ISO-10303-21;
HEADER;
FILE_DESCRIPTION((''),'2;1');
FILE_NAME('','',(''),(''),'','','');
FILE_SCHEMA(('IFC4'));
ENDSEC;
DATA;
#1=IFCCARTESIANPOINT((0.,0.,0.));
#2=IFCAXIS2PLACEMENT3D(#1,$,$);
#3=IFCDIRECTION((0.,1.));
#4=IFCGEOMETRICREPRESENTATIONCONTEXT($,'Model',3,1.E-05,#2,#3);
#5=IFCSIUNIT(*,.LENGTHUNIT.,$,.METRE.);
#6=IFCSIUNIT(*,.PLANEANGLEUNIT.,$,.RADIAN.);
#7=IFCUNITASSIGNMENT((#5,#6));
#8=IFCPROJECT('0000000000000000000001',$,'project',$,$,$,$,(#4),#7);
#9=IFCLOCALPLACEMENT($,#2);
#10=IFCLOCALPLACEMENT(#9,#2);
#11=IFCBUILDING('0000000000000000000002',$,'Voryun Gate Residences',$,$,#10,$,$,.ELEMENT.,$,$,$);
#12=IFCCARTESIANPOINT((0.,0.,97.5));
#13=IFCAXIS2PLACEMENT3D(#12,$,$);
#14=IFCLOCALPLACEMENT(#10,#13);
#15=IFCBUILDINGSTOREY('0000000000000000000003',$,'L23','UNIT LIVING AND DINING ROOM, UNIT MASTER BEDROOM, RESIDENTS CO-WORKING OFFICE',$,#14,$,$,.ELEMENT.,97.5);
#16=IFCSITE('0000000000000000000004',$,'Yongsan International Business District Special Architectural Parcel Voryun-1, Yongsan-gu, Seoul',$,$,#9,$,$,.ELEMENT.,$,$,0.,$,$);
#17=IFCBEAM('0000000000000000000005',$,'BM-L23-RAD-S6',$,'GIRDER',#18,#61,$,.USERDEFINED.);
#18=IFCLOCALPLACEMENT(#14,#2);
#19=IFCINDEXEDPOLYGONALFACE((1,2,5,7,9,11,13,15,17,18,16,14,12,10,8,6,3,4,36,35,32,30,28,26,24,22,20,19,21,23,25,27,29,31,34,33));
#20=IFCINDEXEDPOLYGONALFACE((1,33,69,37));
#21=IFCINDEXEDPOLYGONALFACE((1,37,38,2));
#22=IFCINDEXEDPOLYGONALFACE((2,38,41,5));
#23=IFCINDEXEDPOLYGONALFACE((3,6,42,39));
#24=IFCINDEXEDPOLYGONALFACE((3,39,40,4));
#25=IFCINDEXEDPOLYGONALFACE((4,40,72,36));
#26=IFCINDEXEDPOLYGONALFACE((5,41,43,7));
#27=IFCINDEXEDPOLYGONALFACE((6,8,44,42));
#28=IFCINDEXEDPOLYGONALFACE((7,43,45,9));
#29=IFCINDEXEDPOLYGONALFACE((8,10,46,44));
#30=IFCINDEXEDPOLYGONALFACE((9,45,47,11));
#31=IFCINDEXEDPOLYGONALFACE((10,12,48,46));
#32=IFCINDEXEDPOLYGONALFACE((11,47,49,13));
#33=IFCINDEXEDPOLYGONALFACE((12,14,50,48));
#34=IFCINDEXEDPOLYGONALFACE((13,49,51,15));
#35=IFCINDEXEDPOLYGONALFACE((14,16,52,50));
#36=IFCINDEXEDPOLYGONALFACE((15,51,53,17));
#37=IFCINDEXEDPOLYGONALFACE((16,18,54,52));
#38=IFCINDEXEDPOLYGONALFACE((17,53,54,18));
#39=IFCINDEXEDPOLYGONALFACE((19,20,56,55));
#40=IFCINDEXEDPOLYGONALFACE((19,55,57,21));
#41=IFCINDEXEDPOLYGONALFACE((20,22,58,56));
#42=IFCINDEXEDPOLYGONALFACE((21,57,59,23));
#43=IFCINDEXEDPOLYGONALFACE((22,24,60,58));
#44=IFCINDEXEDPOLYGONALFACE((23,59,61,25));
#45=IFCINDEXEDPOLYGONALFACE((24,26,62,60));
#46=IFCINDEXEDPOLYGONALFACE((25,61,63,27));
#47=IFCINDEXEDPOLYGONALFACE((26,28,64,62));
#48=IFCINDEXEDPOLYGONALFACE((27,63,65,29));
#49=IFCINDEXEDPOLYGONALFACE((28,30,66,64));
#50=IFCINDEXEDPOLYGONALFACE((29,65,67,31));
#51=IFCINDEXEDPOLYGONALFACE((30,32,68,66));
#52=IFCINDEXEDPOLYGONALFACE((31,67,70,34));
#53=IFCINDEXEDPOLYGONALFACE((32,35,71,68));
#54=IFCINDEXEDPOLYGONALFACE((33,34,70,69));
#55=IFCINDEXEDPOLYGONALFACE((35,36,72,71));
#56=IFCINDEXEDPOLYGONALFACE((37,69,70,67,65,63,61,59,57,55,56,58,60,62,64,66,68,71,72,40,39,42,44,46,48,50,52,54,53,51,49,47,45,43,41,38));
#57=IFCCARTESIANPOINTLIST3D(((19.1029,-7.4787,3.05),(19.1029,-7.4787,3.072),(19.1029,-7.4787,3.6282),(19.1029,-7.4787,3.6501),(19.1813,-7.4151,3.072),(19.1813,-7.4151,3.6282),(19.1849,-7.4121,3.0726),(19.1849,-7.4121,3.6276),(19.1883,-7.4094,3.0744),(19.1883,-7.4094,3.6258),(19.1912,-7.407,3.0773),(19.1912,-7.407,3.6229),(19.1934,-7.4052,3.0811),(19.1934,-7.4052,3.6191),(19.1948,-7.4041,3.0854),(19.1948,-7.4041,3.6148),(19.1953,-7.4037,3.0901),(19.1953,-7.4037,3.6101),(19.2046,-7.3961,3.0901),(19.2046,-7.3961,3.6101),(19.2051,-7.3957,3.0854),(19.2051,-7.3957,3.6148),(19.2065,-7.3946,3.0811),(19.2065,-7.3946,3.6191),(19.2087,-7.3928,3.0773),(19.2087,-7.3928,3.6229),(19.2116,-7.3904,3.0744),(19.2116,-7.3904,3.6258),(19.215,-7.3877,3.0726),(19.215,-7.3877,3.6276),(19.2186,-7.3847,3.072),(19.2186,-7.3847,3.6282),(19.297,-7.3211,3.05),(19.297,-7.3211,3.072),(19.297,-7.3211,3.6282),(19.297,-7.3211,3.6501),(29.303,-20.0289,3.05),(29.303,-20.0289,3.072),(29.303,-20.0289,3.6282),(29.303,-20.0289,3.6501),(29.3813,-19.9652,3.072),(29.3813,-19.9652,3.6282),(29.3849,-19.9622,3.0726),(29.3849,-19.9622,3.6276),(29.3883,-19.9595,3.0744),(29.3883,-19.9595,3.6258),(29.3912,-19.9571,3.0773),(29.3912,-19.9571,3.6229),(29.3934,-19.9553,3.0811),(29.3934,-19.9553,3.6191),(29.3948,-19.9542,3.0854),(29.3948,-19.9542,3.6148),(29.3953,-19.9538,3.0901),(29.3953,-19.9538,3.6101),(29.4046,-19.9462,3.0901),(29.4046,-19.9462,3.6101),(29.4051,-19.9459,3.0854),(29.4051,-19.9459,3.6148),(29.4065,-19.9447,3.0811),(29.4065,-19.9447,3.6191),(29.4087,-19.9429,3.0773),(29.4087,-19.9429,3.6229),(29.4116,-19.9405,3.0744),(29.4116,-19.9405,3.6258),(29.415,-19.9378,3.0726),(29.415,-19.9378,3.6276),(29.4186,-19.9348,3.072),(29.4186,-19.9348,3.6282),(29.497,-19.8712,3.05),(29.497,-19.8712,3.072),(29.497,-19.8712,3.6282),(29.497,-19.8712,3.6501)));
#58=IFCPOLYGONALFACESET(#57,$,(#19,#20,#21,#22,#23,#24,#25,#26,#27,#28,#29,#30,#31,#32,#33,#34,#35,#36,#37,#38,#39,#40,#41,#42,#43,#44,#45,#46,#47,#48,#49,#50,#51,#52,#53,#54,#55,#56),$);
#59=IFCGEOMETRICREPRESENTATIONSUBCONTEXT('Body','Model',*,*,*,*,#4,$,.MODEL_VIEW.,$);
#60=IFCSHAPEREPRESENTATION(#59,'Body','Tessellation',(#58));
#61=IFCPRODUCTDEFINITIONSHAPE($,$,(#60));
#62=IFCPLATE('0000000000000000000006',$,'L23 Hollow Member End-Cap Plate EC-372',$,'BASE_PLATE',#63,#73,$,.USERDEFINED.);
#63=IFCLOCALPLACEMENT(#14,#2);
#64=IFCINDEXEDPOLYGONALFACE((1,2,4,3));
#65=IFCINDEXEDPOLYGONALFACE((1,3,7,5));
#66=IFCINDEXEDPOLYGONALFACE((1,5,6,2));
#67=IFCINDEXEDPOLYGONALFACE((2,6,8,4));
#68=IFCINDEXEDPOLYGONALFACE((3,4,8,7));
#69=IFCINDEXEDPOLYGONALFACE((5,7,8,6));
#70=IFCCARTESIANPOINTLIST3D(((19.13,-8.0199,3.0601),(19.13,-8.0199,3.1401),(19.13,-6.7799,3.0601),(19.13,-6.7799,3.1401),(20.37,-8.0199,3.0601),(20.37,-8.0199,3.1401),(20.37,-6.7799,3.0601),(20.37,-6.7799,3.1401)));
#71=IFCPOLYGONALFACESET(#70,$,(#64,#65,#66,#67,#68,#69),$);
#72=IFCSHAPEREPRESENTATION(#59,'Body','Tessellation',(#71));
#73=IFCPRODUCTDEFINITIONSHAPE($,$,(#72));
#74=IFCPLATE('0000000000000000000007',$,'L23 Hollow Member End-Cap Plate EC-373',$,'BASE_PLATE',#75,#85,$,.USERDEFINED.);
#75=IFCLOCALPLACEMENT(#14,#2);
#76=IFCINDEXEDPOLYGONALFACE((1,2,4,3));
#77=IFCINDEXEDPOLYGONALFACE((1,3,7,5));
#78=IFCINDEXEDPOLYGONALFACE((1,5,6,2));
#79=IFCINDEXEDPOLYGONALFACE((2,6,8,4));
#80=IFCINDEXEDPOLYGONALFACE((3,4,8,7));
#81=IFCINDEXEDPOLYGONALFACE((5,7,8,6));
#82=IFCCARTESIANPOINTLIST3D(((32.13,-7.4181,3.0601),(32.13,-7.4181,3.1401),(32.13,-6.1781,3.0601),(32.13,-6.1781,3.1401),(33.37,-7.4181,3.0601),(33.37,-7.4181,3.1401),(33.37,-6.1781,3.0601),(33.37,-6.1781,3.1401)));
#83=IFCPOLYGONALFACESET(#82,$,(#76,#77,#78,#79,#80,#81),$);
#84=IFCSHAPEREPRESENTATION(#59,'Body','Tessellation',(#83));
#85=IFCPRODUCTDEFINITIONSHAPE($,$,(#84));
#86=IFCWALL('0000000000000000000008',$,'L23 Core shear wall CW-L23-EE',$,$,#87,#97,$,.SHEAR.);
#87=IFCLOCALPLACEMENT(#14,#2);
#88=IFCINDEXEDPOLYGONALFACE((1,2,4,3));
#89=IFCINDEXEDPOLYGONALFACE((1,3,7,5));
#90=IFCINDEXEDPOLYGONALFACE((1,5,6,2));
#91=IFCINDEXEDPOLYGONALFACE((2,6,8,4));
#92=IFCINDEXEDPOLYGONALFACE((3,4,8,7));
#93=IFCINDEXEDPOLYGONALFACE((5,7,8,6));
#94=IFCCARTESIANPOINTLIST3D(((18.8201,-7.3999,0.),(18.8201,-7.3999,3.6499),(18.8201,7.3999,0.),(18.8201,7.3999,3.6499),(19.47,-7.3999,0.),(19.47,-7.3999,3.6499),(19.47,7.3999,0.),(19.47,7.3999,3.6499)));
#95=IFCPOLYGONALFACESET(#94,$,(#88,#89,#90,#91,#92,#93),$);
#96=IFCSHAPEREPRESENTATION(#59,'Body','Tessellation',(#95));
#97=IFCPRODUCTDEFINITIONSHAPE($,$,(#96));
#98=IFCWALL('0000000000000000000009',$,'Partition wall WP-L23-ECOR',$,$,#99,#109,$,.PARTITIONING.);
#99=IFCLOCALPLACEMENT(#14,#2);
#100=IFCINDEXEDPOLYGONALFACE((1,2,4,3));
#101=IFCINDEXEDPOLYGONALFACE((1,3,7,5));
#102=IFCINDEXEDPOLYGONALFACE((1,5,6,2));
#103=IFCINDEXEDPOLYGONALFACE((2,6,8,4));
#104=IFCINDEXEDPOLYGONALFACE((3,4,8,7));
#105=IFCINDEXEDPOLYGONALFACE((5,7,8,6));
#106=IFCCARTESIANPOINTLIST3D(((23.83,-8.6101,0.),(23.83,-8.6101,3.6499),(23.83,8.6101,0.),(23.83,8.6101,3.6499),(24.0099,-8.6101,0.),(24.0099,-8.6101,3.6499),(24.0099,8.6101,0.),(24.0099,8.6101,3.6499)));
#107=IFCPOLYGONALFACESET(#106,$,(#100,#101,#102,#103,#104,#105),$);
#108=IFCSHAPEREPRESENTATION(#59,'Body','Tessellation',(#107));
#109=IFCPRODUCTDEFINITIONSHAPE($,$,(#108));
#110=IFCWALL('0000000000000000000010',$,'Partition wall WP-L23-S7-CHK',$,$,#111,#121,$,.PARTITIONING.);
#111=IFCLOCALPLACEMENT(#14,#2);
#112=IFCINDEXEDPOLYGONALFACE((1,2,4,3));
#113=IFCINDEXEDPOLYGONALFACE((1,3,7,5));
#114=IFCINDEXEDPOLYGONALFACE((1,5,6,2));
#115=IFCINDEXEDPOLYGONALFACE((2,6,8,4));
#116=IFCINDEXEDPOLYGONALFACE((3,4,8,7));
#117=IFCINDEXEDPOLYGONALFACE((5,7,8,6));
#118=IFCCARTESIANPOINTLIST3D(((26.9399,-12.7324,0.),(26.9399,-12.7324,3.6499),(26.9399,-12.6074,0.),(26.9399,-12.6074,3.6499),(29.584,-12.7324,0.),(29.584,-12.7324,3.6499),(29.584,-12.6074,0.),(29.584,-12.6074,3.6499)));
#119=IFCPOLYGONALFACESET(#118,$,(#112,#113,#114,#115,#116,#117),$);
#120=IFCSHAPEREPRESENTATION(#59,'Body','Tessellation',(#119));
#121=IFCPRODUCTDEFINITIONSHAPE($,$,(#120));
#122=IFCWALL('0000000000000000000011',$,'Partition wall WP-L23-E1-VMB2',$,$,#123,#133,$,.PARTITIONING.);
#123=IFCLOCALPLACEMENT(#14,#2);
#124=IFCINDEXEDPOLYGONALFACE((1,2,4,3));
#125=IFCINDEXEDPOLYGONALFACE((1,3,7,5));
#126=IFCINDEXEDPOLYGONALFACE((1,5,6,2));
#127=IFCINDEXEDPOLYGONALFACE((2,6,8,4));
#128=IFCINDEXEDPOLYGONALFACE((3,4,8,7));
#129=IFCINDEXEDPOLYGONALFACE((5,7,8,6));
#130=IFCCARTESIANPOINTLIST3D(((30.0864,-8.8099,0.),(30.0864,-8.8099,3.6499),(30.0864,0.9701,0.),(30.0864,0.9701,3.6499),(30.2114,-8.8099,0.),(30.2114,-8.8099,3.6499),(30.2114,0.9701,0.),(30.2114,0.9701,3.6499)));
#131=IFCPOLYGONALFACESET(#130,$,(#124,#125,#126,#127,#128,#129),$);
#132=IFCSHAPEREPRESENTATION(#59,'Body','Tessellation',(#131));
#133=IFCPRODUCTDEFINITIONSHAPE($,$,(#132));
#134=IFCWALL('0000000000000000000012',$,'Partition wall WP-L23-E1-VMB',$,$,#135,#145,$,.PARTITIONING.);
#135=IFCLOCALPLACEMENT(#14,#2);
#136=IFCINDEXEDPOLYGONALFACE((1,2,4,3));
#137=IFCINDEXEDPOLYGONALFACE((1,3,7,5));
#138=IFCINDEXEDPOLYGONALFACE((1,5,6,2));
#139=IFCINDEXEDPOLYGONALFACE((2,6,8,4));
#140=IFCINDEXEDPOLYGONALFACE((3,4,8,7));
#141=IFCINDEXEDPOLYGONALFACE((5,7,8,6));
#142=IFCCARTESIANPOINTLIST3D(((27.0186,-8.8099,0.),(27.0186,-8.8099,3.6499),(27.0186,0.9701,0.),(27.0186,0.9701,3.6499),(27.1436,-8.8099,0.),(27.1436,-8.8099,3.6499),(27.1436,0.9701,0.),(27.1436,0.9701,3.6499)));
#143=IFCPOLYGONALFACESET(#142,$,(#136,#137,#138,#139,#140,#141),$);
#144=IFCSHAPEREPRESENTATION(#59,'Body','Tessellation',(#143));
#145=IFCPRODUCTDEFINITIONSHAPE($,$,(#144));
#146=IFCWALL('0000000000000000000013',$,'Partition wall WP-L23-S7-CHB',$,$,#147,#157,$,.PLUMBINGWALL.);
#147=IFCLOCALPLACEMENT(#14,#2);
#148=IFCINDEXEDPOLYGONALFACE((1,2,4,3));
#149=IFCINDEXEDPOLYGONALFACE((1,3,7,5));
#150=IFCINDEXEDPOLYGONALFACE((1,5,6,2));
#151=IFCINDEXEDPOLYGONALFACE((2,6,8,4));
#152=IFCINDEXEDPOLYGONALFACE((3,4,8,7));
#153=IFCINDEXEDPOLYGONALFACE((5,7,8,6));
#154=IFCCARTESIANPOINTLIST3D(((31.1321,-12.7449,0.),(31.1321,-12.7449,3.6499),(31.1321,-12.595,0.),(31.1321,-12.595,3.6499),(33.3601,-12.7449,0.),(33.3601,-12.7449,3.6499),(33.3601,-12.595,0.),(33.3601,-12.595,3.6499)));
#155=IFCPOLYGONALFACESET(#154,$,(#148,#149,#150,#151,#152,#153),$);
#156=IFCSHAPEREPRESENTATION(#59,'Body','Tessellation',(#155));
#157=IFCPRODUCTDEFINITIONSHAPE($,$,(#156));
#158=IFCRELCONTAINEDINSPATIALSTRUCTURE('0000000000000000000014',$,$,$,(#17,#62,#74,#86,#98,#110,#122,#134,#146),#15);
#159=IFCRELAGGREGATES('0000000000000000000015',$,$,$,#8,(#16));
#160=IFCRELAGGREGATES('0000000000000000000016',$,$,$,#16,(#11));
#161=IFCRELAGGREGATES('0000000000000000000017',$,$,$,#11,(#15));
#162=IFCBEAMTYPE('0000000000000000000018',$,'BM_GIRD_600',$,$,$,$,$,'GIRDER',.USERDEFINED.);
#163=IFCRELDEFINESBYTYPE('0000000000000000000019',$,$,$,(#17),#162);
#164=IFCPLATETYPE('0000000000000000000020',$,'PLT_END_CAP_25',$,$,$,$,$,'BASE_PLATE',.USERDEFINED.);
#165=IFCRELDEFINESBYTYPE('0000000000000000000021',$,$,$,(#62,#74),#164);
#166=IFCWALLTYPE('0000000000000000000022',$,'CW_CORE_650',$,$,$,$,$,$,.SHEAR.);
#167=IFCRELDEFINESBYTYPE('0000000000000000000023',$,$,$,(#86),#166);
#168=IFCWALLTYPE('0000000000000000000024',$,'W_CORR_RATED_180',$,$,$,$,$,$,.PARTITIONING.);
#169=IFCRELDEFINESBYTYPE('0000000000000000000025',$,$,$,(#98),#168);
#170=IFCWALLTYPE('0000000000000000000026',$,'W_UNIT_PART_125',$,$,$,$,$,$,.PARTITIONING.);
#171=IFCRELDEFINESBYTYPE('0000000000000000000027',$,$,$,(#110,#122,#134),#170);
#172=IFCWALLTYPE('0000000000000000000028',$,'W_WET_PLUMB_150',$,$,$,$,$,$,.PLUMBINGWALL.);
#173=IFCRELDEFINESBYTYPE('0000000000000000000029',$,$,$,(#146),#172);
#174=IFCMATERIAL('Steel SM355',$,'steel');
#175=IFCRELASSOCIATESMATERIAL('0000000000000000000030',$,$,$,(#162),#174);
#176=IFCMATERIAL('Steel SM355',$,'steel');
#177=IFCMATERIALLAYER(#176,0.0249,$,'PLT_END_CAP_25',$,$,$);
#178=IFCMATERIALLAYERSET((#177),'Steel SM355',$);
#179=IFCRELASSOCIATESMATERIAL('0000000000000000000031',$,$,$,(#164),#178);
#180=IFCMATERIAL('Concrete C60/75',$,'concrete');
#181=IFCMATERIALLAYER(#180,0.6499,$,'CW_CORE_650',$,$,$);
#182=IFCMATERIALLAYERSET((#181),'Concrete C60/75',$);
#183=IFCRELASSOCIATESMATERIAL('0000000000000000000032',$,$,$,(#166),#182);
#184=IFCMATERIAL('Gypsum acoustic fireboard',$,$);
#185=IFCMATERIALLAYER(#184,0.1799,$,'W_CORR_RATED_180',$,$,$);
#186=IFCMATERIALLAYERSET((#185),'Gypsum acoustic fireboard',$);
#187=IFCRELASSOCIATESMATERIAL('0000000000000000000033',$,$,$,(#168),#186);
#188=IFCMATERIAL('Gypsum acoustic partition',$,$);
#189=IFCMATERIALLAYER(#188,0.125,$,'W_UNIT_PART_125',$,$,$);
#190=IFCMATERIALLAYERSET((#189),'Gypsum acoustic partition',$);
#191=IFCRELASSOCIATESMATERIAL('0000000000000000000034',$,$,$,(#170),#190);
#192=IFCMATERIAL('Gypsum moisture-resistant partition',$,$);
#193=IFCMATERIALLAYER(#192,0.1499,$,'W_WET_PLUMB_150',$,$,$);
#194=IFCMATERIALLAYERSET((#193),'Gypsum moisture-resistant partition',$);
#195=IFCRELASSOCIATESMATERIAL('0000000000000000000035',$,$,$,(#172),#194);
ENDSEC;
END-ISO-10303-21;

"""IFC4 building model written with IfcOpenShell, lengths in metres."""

from ifc_helpers import new_model, si_unit, direction, frame, frame_2d, origin, origin_2d, place, context, subcontext, project, spatial, rectangle, i_section, extrude, material, layer, layer_set, material_profile, profile_set, type_object, element, save


model = new_model("IFC4")

# Units and contexts
model_context = context("Model", 3, precision=1e-05, world=origin(), true_north=direction((0.0, 1.0)))
body_context = subcontext(model_context, "Body", "Model", "MODEL_VIEW")
ifc_project = project(units=[si_unit("LENGTHUNIT", "METRE"), si_unit("PLANEANGLEUNIT", "RADIAN")], contexts=[model_context])

# Site, building, storey
site_placement = place(None, origin())
site = spatial("IfcSite", under=ifc_project, at=site_placement, Name="Yongsan International Business District Special Architectural Parcel Voryun-1, Yongsan-gu, Seoul", CompositionType="ELEMENT", RefElevation=0.0)
building_placement = place(site_placement, origin())
building = spatial("IfcBuilding", under=site, at=building_placement, Name="Voryun Gate Residences", CompositionType="ELEMENT")
storey_placement = place(building_placement, frame((0.0, 0.0, 97.5)))
storey = spatial("IfcBuildingStorey", under=building, at=storey_placement, Name="L23", Description="UNIT LIVING AND DINING ROOM, UNIT MASTER BEDROOM, RESIDENTS CO-WORKING OFFICE", CompositionType="ELEMENT", Elevation=97.5)

# Beam
ifc_material_1 = material(Name="Steel SM355", Category="steel")
ifc_material_profile_1 = material_profile(ifc_material_1, i_section(OverallWidth=0.25, OverallDepth=0.6001, WebThickness=0.012, FlangeThickness=0.022, FilletRadius=0.0181, at=origin_2d()), Name="H-600x250x12x22")
ifc_profile_set_1 = profile_set([ifc_material_profile_1], Name="Steel SM355")
beam_type_1 = type_object("IfcBeamType", Name="BM_GIRD_600", ElementType="GIRDER", PredefinedType="USERDEFINED", material=ifc_profile_set_1)
beam_1_placement = place(storey_placement, frame((19.2, -7.3999, 3.3501), z_axis=(0.630706, -0.776022, 0.0), x_axis=(0.776022, 0.630706, 0.0)))
element("IfcBeam", 1, at=beam_1_placement, inside=storey, type_object=beam_type_1, Name="BM-L23-RAD-S6", ObjectType="GIRDER", PredefinedType="USERDEFINED", context=body_context, shape_type="SweptSolid", body=[
    extrude(i_section(OverallWidth=0.25, OverallDepth=0.6001, WebThickness=0.012, FlangeThickness=0.022, FilletRadius=0.0181, at=origin_2d()), origin(), (0.0, 0.0, 1.0), 16.1724),
])

# Plates
ifc_material_2 = material(Name="Steel SM355", Category="steel")
ifc_layer_1 = layer(ifc_material_2, 0.0249, Name="PLT_END_CAP_25")
ifc_layer_set_1 = layer_set([ifc_layer_1], Name="Steel SM355")
plate_type = type_object("IfcPlateType", Name="PLT_END_CAP_25", ElementType="BASE_PLATE", PredefinedType="USERDEFINED", material=ifc_layer_set_1)
for number, where, z_axis, x_axis, name in (
    (2, (19.75, -7.3999, 3.0601), (0.0, 0.0, 1.0), (1.0, 0.0, 0.0), "L23 Hollow Member End-Cap Plate EC-372"),
    (3, (32.75, -6.7981, 3.0601), (0.0, 0.0, 1.0), (1.0, 0.0, 0.0), "L23 Hollow Member End-Cap Plate EC-373"),
):
    element("IfcPlate", number, at=place(storey_placement, frame(where, z_axis=z_axis, x_axis=x_axis)), inside=storey, type_object=plate_type, Name=name, ObjectType="BASE_PLATE", PredefinedType="USERDEFINED", context=body_context, shape_type="SweptSolid", body=[
        extrude(rectangle(XDim=1.24, YDim=1.24, at=origin_2d()), origin(), (0.0, 0.0, 1.0), 0.0801),
    ])

# Walls
ifc_material_3 = material(Name="Concrete C60/75", Category="concrete")
ifc_layer_2 = layer(ifc_material_3, 0.6499, Name="CW_CORE_650")
ifc_layer_set_2 = layer_set([ifc_layer_2], Name="Concrete C60/75")
wall_type_1 = type_object("IfcWallType", Name="CW_CORE_650", PredefinedType="SHEAR", material=ifc_layer_set_2)
wall_1_placement = place(storey_placement, frame((19.145, -7.3999, 0.0), z_axis=(0.0, 0.0, 1.0), x_axis=(0.0, 1.0, 0.0)))
element("IfcWall", 4, at=wall_1_placement, inside=storey, type_object=wall_type_1, Name="L23 Core shear wall CW-L23-EE", PredefinedType="SHEAR", context=body_context, shape_type="SweptSolid", body=[
    extrude(rectangle(XDim=14.7998, YDim=0.6499, at=frame_2d((7.3999, 0.0))), origin(), (0.0, 0.0, 1.0), 3.6499),
])
ifc_material_4 = material(Name="Gypsum acoustic fireboard")
ifc_layer_3 = layer(ifc_material_4, 0.1799, Name="W_CORR_RATED_180")
ifc_layer_set_3 = layer_set([ifc_layer_3], Name="Gypsum acoustic fireboard")
wall_type_2 = type_object("IfcWallType", Name="W_CORR_RATED_180", PredefinedType="PARTITIONING", material=ifc_layer_set_3)
wall_2_placement = place(storey_placement, frame((23.9199, -8.6101, 0.0), z_axis=(0.0, 0.0, 1.0), x_axis=(0.0, 1.0, 0.0)))
element("IfcWall", 5, at=wall_2_placement, inside=storey, type_object=wall_type_2, Name="Partition wall WP-L23-ECOR", PredefinedType="PARTITIONING", context=body_context, shape_type="SweptSolid", body=[
    extrude(rectangle(XDim=17.2202, YDim=0.1799, at=frame_2d((8.6101, 0.0))), origin(), (0.0, 0.0, 1.0), 3.6499),
])
ifc_material_5 = material(Name="Gypsum acoustic partition")
ifc_layer_4 = layer(ifc_material_5, 0.125, Name="W_UNIT_PART_125")
ifc_layer_set_4 = layer_set([ifc_layer_4], Name="Gypsum acoustic partition")
wall_type_3 = type_object("IfcWallType", Name="W_UNIT_PART_125", PredefinedType="PARTITIONING", material=ifc_layer_set_4)
wall_3_placement = place(storey_placement, frame((26.9399, -12.6699, 0.0), z_axis=(0.0, 0.0, 1.0), x_axis=(1.0, 0.0, 0.0)))
element("IfcWall", 6, at=wall_3_placement, inside=storey, type_object=wall_type_3, Name="Partition wall WP-L23-S7-CHK", PredefinedType="PARTITIONING", context=body_context, shape_type="SweptSolid", body=[
    extrude(rectangle(XDim=2.644, YDim=0.125, at=frame_2d((1.322, 0.0))), origin(), (0.0, 0.0, 1.0), 3.6499),
])
for number, where, z_axis, x_axis, name in (
    (7, (30.1489, -8.8101, 0.0), (0.0, 0.0, 1.0), (0.0, 1.0, 0.0), "Partition wall WP-L23-E1-VMB2"),
    (8, (27.0811, -8.8101, 0.0), (0.0, 0.0, 1.0), (0.0, 1.0, 0.0), "Partition wall WP-L23-E1-VMB"),
):
    element("IfcWall", number, at=place(storey_placement, frame(where, z_axis=z_axis, x_axis=x_axis)), inside=storey, type_object=wall_type_3, Name=name, PredefinedType="PARTITIONING", context=body_context, shape_type="SweptSolid", body=[
        extrude(rectangle(XDim=9.78, YDim=0.125, at=frame_2d((4.8901, 0.0))), origin(), (0.0, 0.0, 1.0), 3.6499),
    ])
ifc_material_6 = material(Name="Gypsum moisture-resistant partition")
ifc_layer_5 = layer(ifc_material_6, 0.1499, Name="W_WET_PLUMB_150")
ifc_layer_set_5 = layer_set([ifc_layer_5], Name="Gypsum moisture-resistant partition")
wall_type_4 = type_object("IfcWallType", Name="W_WET_PLUMB_150", PredefinedType="PLUMBINGWALL", material=ifc_layer_set_5)
wall_4_placement = place(storey_placement, frame((31.1321, -12.6699, 0.0), z_axis=(0.0, 0.0, 1.0), x_axis=(1.0, 0.0, 0.0)))
element("IfcWall", 9, at=wall_4_placement, inside=storey, type_object=wall_type_4, Name="Partition wall WP-L23-S7-CHB", PredefinedType="PLUMBINGWALL", context=body_context, shape_type="SweptSolid", body=[
    extrude(rectangle(XDim=2.228, YDim=0.1499, at=frame_2d((1.114, 0.0))), origin(), (0.0, 0.0, 1.0), 3.6499),
])

save(model, "model.ifc")
